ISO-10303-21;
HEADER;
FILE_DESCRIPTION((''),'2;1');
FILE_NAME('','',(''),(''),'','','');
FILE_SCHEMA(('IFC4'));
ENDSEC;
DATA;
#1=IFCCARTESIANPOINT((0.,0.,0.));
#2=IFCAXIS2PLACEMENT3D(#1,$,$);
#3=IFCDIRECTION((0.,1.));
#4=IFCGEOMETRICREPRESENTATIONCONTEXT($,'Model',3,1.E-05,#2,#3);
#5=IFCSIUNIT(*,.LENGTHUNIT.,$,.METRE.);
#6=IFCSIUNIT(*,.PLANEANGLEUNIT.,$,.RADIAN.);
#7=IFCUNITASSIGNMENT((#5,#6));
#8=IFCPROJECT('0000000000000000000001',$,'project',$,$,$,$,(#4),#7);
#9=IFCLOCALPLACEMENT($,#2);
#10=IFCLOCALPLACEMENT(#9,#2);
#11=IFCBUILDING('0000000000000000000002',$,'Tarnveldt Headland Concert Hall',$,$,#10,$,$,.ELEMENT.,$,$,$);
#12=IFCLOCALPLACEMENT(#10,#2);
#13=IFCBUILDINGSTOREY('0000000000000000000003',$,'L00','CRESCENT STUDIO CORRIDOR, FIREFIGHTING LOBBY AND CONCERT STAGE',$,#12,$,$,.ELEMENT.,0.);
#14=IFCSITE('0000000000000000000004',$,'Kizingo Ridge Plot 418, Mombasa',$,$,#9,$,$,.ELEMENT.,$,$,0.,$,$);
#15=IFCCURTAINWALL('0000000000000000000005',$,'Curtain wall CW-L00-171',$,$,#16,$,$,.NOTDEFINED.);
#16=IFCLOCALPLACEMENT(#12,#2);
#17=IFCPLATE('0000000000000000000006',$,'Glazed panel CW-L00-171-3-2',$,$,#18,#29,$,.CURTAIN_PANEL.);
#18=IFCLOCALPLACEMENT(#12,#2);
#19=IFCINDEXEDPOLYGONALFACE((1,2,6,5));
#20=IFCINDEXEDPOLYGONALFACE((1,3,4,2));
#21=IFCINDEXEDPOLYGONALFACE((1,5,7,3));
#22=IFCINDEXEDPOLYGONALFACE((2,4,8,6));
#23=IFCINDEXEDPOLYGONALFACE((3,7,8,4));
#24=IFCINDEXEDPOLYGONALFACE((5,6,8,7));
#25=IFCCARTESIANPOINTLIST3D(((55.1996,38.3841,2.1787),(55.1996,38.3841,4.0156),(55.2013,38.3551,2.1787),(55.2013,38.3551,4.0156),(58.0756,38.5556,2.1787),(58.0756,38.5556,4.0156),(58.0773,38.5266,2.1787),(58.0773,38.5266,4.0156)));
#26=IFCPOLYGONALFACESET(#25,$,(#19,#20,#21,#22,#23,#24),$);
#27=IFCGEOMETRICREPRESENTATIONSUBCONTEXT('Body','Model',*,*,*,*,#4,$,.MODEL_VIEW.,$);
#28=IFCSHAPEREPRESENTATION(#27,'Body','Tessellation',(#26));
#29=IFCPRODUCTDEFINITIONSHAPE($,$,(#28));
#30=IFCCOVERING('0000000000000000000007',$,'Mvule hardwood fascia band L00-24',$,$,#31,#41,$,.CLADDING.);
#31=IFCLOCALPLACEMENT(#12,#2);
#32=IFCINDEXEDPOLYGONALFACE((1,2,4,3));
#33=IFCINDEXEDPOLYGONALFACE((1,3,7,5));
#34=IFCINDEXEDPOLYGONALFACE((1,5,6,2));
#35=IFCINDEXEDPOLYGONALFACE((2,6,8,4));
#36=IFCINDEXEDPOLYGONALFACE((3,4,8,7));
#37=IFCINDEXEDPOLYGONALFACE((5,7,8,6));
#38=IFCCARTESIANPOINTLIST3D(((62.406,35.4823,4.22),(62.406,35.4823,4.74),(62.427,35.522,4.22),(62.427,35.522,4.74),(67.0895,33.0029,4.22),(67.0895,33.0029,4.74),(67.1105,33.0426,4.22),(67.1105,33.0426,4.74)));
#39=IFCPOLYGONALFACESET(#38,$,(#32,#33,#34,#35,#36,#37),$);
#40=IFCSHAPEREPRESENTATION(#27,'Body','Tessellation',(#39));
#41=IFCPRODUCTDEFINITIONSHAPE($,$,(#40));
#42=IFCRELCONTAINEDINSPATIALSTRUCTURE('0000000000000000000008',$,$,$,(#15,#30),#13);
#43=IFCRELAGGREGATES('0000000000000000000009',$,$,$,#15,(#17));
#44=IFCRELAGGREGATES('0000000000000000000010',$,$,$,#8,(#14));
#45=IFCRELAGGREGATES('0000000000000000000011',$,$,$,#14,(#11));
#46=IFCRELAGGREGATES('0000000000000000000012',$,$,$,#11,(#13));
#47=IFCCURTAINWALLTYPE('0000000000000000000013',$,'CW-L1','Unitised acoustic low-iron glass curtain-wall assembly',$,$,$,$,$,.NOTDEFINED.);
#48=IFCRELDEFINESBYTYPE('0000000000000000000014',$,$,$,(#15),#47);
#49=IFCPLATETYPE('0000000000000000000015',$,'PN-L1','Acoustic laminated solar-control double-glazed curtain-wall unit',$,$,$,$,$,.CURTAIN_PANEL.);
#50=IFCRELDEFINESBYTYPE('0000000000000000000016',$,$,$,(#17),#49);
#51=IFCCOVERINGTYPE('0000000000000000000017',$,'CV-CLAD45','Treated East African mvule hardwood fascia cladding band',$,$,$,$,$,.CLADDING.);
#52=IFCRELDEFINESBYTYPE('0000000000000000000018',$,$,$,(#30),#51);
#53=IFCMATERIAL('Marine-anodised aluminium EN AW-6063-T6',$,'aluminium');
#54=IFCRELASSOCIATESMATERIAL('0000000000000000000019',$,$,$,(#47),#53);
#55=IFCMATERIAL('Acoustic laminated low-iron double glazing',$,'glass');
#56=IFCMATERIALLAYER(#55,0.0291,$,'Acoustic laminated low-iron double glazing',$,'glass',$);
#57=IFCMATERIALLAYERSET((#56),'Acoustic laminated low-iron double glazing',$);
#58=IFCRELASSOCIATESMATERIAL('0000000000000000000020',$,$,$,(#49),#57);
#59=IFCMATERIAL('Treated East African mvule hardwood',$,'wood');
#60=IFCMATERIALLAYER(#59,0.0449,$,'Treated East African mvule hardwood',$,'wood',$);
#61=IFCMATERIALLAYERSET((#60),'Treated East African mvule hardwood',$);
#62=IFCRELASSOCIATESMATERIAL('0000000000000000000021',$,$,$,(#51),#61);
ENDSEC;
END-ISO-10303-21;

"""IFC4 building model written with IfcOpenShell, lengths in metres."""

from ifc_helpers import new_model, si_unit, direction, frame, frame_2d, origin, origin_2d, place, context, subcontext, project, spatial, rectangle, extrude, material, layer, layer_set, type_object, element, aggregate, save


model = new_model("IFC4")

# Units and contexts
model_context = context("Model", 3, precision=1e-05, world=origin(), true_north=direction((0.0, 1.0)))
body_context = subcontext(model_context, "Body", "Model", "MODEL_VIEW")
ifc_project = project(units=[si_unit("LENGTHUNIT", "METRE"), si_unit("PLANEANGLEUNIT", "RADIAN")], contexts=[model_context])

# Site, building, storey
site_placement = place(None, origin())
site = spatial("IfcSite", under=ifc_project, at=site_placement, Name="Kizingo Ridge Plot 418, Mombasa", CompositionType="ELEMENT", RefElevation=0.0)
building_placement = place(site_placement, origin())
building = spatial("IfcBuilding", under=site, at=building_placement, Name="Tarnveldt Headland Concert Hall", CompositionType="ELEMENT")
storey_placement = place(building_placement, origin())
storey = spatial("IfcBuildingStorey", under=building, at=storey_placement, Name="L00", Description="CRESCENT STUDIO CORRIDOR, FIREFIGHTING LOBBY AND CONCERT STAGE", CompositionType="ELEMENT", Elevation=0.0)

# Shared definitions
ifc_material_1 = material(Name="Marine-anodised aluminium EN AW-6063-T6", Category="aluminium")
curtain_wall_type = type_object("IfcCurtainWallType", Name="CW-L1", Description="Unitised acoustic low-iron glass curtain-wall assembly", PredefinedType="NOTDEFINED", material=ifc_material_1)

# Curtain wall
curtain_wall_1_placement = place(storey_placement, origin())
curtain_wall_1 = element("IfcCurtainWall", 1, at=curtain_wall_1_placement, inside=storey, type_object=curtain_wall_type, Name="Curtain wall CW-L00-171", PredefinedType="NOTDEFINED")

# Plate
ifc_material_2 = material(Name="Acoustic laminated low-iron double glazing", Category="glass")
ifc_layer_1 = layer(ifc_material_2, 0.0291, Name="Acoustic laminated low-iron double glazing", Category="glass")
ifc_layer_set_1 = layer_set([ifc_layer_1], Name="Acoustic laminated low-iron double glazing")
plate_type_1 = type_object("IfcPlateType", Name="PN-L1", Description="Acoustic laminated solar-control double-glazed curtain-wall unit", PredefinedType="CURTAIN_PANEL", material=ifc_layer_set_1)
plate_1_placement = place(storey_placement, frame((56.6384, 38.4553, 2.1787), z_axis=(0.0, 0.0, 1.0), x_axis=(0.998227, 0.059515, 0.0)))
plate_1 = element("IfcPlate", 2, at=plate_1_placement, type_object=plate_type_1, Name="Glazed panel CW-L00-171-3-2", PredefinedType="CURTAIN_PANEL", context=body_context, shape_type="SweptSolid", body=[
    extrude(rectangle(XDim=2.8811, YDim=0.0291, at=origin_2d()), origin(), (0.0, 0.0, 1.0), 1.8369),
])
aggregate(curtain_wall_1, [plate_1])

# Covering
ifc_material_3 = material(Name="Treated East African mvule hardwood", Category="wood")
ifc_layer_2 = layer(ifc_material_3, 0.0449, Name="Treated East African mvule hardwood", Category="wood")
ifc_layer_set_2 = layer_set([ifc_layer_2], Name="Treated East African mvule hardwood")
covering_type = type_object("IfcCoveringType", Name="CV-CLAD45", Description="Treated East African mvule hardwood fascia cladding band", PredefinedType="CLADDING", material=ifc_layer_set_2)
covering_placement = place(storey_placement, frame((62.4165, 35.5022, 4.22), z_axis=(0.0, 0.0, 1.0), x_axis=(0.883792, -0.467879, 0.0)))
element("IfcCovering", 3, at=covering_placement, inside=storey, type_object=covering_type, Name="Mvule hardwood fascia band L00-24", PredefinedType="CLADDING", context=body_context, shape_type="SweptSolid", body=[
    extrude(rectangle(XDim=5.2993, YDim=0.0449, at=frame_2d((2.6497, 0.0))), origin(), (0.0, 0.0, 1.0), 0.52),
])

save(model, "model.ifc")
